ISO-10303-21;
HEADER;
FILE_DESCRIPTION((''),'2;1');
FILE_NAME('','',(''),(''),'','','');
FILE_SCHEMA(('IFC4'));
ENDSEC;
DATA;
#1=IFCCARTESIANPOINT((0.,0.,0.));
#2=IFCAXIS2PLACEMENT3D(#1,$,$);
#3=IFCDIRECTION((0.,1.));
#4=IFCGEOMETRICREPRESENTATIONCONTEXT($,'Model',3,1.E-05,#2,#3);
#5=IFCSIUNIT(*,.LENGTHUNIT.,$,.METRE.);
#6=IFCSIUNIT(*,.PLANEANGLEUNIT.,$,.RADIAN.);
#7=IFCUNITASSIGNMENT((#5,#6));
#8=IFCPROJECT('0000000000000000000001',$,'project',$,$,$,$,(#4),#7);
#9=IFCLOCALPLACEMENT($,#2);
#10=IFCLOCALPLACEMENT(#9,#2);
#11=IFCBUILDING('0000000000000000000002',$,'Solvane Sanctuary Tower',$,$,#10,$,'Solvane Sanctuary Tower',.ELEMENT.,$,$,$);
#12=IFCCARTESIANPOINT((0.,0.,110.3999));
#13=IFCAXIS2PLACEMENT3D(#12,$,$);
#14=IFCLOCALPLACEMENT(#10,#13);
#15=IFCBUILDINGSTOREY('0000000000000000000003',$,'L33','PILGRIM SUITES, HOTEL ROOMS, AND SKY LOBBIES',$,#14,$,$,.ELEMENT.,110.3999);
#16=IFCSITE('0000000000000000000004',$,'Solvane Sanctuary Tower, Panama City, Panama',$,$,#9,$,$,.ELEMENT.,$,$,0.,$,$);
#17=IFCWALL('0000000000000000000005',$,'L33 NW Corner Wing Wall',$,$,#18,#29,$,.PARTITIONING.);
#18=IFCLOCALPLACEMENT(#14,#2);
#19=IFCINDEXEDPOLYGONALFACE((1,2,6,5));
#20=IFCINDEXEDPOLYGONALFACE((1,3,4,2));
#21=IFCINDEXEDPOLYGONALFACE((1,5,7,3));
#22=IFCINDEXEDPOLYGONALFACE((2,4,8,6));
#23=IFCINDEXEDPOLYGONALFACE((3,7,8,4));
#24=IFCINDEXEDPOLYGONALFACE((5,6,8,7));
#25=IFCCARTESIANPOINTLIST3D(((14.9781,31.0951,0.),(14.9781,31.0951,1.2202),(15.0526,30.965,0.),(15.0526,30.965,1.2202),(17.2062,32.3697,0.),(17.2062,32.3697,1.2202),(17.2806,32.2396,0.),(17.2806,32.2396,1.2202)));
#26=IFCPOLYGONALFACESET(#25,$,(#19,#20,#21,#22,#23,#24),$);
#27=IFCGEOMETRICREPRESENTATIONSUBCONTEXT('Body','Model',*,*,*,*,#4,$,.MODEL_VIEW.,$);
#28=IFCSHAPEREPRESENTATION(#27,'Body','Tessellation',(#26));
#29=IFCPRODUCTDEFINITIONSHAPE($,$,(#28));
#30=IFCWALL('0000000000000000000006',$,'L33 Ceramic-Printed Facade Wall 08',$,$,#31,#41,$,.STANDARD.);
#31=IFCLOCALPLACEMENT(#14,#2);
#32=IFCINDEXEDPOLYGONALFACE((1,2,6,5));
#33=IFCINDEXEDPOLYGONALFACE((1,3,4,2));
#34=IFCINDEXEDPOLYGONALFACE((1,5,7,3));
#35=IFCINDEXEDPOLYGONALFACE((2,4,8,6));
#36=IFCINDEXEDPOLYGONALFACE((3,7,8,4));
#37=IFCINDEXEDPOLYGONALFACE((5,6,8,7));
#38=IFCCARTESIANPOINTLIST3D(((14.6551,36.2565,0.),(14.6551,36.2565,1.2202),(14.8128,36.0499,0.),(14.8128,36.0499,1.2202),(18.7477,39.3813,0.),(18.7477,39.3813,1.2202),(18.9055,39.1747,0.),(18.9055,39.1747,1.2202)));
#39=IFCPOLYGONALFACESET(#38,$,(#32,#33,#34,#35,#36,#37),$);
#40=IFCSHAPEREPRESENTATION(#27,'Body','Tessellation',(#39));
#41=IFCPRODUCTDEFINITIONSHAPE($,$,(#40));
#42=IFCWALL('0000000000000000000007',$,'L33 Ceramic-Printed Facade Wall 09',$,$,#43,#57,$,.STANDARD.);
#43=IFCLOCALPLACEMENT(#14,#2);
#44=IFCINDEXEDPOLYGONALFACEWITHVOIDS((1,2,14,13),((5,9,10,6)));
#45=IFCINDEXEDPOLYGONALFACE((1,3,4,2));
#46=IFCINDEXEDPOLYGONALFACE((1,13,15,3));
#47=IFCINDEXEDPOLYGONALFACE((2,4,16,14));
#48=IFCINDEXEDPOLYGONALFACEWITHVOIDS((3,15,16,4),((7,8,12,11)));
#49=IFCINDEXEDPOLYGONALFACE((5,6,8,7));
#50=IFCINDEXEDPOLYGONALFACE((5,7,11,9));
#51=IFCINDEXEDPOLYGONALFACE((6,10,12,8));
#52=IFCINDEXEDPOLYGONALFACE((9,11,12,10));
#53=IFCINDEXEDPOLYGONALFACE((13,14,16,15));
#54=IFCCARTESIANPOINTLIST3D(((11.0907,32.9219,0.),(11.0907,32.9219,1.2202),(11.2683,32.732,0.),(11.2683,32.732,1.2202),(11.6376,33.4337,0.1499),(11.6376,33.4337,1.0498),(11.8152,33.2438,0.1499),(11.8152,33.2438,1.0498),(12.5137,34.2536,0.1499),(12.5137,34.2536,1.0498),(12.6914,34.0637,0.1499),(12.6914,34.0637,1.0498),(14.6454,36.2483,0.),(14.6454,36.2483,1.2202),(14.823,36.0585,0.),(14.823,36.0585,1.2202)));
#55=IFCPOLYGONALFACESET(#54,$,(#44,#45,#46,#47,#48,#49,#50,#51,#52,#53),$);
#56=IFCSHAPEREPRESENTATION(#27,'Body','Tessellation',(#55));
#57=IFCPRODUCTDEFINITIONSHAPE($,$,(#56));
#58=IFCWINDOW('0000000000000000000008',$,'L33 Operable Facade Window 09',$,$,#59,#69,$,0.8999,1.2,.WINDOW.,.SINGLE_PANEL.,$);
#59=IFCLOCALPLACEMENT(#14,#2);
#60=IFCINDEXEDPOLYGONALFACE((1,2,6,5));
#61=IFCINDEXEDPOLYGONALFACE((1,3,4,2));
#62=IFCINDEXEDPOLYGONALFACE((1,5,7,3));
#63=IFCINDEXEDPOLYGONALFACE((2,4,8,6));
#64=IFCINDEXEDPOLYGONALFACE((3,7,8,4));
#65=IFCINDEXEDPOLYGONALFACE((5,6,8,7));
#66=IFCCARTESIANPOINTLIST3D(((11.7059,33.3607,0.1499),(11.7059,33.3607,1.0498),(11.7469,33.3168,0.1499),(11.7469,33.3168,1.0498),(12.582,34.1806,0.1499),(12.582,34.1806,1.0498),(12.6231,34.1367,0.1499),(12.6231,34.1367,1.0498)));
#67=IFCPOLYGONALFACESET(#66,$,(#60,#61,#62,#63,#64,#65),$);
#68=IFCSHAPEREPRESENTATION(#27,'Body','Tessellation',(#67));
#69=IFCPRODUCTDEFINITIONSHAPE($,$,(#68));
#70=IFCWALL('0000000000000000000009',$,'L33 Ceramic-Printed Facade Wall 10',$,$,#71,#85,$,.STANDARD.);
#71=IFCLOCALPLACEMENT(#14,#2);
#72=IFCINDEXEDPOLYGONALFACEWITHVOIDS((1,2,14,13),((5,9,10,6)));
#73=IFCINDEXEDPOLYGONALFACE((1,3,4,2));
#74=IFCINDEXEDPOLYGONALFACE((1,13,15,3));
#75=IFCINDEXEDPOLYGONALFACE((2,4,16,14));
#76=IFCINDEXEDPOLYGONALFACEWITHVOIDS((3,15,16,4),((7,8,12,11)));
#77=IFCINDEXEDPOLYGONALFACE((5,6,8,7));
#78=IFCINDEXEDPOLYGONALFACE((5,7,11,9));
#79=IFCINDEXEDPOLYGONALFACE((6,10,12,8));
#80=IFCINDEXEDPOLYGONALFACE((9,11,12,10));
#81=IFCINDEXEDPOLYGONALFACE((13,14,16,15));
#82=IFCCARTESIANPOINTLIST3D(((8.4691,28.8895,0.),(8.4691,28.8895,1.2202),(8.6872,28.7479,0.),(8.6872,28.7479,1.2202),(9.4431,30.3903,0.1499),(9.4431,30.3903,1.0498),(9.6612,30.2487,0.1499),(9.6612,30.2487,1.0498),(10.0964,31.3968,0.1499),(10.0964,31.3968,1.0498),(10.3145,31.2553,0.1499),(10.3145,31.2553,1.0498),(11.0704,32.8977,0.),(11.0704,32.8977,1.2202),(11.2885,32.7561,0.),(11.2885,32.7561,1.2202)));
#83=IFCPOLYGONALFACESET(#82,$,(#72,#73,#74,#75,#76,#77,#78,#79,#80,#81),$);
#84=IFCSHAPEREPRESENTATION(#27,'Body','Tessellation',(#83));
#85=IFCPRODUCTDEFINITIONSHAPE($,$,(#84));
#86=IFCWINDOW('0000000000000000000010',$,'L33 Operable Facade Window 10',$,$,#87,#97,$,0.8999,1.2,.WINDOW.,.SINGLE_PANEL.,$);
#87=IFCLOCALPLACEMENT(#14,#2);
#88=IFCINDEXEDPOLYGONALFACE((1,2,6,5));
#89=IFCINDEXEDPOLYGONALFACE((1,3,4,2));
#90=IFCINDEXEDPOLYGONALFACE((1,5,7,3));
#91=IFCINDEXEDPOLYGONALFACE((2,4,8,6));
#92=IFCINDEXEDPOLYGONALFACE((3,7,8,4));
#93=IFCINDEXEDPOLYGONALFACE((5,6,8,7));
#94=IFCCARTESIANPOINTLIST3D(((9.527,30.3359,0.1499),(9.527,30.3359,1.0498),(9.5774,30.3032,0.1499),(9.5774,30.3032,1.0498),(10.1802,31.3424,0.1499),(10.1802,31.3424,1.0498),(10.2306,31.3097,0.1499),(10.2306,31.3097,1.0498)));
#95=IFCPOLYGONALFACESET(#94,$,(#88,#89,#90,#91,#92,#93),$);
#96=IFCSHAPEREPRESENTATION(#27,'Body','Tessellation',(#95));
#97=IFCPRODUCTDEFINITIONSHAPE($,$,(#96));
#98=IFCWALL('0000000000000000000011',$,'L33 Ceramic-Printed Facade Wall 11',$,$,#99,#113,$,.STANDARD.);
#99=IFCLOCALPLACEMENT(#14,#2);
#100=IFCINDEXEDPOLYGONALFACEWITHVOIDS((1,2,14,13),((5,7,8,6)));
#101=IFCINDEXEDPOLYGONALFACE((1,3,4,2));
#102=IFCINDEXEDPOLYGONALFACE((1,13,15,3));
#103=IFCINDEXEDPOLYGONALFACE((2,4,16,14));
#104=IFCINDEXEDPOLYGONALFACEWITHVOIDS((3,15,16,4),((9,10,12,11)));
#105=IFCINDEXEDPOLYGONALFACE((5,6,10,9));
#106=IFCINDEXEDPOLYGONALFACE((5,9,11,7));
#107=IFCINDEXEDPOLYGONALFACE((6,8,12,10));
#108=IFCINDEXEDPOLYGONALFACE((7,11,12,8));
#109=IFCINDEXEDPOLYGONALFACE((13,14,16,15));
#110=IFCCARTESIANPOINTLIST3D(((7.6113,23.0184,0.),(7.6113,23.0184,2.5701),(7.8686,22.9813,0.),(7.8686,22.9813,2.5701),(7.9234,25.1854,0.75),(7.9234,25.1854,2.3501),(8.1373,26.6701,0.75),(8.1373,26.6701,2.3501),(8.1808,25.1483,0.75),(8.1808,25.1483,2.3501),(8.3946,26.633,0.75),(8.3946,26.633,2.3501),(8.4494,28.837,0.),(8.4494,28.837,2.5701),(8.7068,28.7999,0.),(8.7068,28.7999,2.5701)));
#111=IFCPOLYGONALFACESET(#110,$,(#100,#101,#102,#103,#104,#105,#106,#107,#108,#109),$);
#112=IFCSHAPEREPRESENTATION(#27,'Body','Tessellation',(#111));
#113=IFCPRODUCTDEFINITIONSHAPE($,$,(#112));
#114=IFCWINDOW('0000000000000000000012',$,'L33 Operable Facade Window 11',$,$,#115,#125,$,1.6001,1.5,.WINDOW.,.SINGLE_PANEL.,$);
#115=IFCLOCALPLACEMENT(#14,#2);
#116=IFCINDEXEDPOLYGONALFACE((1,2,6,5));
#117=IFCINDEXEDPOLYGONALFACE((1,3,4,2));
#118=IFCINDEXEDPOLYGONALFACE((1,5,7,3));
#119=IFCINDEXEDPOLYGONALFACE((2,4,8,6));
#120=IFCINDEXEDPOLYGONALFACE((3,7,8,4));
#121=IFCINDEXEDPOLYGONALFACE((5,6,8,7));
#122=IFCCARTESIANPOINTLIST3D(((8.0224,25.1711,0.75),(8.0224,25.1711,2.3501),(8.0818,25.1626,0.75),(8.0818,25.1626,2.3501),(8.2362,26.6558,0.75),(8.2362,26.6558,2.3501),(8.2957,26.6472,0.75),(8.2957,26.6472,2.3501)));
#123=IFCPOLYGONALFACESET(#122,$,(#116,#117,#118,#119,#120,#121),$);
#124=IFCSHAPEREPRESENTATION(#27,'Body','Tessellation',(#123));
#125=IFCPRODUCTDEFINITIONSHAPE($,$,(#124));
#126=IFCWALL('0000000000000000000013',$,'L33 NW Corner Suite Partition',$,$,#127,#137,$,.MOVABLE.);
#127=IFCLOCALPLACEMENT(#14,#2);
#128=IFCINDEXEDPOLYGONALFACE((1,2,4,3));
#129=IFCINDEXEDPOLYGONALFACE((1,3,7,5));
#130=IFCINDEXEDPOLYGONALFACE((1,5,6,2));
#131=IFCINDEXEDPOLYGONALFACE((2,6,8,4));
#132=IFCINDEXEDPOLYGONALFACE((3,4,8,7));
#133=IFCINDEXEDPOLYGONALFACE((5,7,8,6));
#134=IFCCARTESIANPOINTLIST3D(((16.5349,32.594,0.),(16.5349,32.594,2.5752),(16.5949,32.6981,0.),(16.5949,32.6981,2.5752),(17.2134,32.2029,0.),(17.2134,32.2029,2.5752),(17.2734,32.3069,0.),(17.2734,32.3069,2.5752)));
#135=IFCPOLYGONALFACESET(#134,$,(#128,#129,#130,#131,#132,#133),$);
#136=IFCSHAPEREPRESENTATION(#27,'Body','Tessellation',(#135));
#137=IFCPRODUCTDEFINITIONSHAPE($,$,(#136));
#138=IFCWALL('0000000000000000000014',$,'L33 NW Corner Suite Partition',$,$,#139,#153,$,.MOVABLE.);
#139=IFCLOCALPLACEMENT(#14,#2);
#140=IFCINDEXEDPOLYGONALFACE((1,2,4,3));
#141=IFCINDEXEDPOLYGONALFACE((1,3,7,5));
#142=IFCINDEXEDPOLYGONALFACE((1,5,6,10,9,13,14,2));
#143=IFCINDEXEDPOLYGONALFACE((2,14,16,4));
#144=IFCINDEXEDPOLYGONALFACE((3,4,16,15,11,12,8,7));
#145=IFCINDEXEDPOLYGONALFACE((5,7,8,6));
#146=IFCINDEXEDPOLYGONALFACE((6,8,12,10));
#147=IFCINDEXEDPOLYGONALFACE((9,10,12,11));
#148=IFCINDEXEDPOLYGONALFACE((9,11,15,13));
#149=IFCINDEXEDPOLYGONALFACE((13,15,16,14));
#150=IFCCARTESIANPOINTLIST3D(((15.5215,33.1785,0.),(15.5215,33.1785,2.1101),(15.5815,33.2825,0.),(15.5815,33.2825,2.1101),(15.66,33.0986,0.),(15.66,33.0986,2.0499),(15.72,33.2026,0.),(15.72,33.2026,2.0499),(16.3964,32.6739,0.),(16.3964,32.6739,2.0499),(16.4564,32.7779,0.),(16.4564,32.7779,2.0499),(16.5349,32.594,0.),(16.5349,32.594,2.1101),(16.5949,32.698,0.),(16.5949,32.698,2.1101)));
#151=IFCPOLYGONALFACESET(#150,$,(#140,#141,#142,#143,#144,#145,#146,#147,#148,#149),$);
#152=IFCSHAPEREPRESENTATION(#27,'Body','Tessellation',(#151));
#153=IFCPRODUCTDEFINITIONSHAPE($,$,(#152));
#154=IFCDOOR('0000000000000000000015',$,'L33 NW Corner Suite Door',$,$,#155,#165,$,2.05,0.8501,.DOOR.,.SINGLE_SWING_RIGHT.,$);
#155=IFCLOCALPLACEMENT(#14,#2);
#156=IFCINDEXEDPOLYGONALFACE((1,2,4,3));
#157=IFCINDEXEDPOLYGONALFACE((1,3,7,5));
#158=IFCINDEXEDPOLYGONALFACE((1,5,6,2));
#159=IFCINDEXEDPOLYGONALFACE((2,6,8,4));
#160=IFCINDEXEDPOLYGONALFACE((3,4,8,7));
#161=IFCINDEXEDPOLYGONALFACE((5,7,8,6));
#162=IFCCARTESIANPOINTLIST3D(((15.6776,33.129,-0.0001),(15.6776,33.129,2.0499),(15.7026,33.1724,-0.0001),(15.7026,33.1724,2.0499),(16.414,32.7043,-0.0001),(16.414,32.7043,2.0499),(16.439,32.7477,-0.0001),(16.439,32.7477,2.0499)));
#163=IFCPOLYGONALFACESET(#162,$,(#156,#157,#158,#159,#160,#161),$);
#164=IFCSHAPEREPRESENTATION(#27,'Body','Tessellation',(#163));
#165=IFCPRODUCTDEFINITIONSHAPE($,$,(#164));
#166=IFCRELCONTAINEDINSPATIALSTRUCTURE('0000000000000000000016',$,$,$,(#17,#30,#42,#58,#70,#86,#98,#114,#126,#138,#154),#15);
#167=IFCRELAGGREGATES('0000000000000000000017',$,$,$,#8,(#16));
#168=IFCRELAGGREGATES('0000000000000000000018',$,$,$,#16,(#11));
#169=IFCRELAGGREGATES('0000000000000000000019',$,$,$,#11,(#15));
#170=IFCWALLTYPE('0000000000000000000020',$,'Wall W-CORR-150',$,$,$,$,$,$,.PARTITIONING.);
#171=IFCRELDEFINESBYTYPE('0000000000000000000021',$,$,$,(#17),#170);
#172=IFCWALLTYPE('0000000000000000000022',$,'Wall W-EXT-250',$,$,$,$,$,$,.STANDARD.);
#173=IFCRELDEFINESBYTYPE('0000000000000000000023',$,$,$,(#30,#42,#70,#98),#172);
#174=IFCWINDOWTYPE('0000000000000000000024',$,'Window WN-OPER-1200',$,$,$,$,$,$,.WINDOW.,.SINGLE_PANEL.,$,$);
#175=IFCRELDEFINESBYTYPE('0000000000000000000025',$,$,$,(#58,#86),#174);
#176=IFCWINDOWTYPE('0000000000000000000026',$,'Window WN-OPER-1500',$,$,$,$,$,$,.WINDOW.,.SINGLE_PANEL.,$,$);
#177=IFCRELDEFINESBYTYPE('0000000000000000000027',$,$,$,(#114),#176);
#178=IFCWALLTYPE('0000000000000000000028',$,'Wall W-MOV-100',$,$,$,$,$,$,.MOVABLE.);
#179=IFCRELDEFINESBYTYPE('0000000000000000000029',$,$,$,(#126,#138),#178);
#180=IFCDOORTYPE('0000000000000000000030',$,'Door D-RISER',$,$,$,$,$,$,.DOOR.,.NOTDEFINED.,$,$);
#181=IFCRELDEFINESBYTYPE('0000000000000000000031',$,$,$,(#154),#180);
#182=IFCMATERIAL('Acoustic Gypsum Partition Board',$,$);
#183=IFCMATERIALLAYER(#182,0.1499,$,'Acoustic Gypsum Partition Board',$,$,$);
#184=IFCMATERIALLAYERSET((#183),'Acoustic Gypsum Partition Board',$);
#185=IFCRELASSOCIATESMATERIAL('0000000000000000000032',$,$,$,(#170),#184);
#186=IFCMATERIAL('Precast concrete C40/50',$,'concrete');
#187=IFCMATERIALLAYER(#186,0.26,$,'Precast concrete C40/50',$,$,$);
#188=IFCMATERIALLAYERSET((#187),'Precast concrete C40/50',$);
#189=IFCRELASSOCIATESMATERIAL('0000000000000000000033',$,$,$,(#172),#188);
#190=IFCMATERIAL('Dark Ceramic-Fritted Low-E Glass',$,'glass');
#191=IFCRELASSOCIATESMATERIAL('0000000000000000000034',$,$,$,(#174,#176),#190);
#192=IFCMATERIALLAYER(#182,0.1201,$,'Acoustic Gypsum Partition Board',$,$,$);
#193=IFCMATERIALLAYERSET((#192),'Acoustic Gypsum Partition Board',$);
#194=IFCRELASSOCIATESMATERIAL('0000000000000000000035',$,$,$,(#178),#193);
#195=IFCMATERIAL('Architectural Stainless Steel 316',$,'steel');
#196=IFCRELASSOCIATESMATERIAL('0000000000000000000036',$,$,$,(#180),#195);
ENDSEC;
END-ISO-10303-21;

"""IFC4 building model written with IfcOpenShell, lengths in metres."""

from ifc_helpers import new_model, si_unit, direction, frame, frame_2d, origin, place, context, subcontext, project, spatial, rectangle, extrude, material, layer, layer_set, type_object, element, fill, save


model = new_model("IFC4")

# Units and contexts
model_context = context("Model", 3, precision=1e-05, world=origin(), true_north=direction((0.0, 1.0)))
body_context = subcontext(model_context, "Body", "Model", "MODEL_VIEW")
ifc_project = project(units=[si_unit("LENGTHUNIT", "METRE"), si_unit("PLANEANGLEUNIT", "RADIAN")], contexts=[model_context])

# Site, building, storey
site_placement = place(None, origin())
site = spatial("IfcSite", under=ifc_project, at=site_placement, Name="Solvane Sanctuary Tower, Panama City, Panama", CompositionType="ELEMENT", RefElevation=0.0)
building_placement = place(site_placement, origin())
building = spatial("IfcBuilding", under=site, at=building_placement, Name="Solvane Sanctuary Tower", LongName="Solvane Sanctuary Tower", CompositionType="ELEMENT")
storey_placement = place(building_placement, frame((0.0, 0.0, 110.3999)))
storey = spatial("IfcBuildingStorey", under=building, at=storey_placement, Name="L33", Description="PILGRIM SUITES, HOTEL ROOMS, AND SKY LOBBIES", CompositionType="ELEMENT", Elevation=110.3999)

# Shared definitions
ifc_material_1 = material(Name="Acoustic Gypsum Partition Board")
ifc_layer_1 = layer(ifc_material_1, 0.1499, Name="Acoustic Gypsum Partition Board")
ifc_layer_set_1 = layer_set([ifc_layer_1], Name="Acoustic Gypsum Partition Board")
wall_type_1 = type_object("IfcWallType", Name="Wall W-CORR-150", PredefinedType="PARTITIONING", material=ifc_layer_set_1)

# Walls
wall_1_placement = place(storey_placement, frame((17.2434, 32.3047, 0.0), z_axis=(0.0, 0.0, 1.0), x_axis=(-0.867991, -0.496579, 0.0)))
element("IfcWall", 1, at=wall_1_placement, inside=storey, type_object=wall_type_1, Name="L33 NW Corner Wing Wall", PredefinedType="PARTITIONING", context=body_context, shape_type="SweptSolid", body=[
    extrude(rectangle(XDim=2.5669, YDim=0.1499, at=frame_2d((1.2834, 0.0))), origin(), (0.0, 0.0, 1.0), 1.2202),
])
ifc_material_2 = material(Name="Precast concrete C40/50", Category="concrete")
ifc_layer_2 = layer(ifc_material_2, 0.26, Name="Precast concrete C40/50")
ifc_layer_set_2 = layer_set([ifc_layer_2], Name="Precast concrete C40/50")
wall_type_2 = type_object("IfcWallType", Name="Wall W-EXT-250", PredefinedType="STANDARD", material=ifc_layer_set_2)
wall_2_placement = place(storey_placement, frame((18.8267, 39.2781, 0.0), z_axis=(0.0, 0.0, 1.0), x_axis=(-0.79481, -0.606859, 0.0)))
element("IfcWall", 2, at=wall_2_placement, inside=storey, type_object=wall_type_2, Name="L33 Ceramic-Printed Facade Wall 08", PredefinedType="STANDARD", context=body_context, shape_type="SweptSolid", body=[
    extrude(rectangle(XDim=5.1492, YDim=0.26, at=frame_2d((2.5747, 0.0))), origin(), (0.0, 0.0, 1.0), 1.2202),
])

# Walls, openings, windows
wall_3_placement = place(storey_placement, frame((14.7341, 36.1533, 0.0), z_axis=(0.0, 0.0, 1.0), x_axis=(-0.730162, -0.683274, 0.0)))
wall_3 = element("IfcWall", 3, at=wall_3_placement, inside=storey, type_object=wall_type_2, Name="L33 Ceramic-Printed Facade Wall 09", PredefinedType="STANDARD", context=body_context, shape_type="SweptSolid", body=[
    extrude(rectangle(XDim=4.8684, YDim=0.26, at=frame_2d((2.4341, 0.0))), origin(), (0.0, 0.0, 1.0), 1.2202),
])
opening_1_placement = place(wall_3_placement, frame((2.9192, 0.0, 0.1499)))
opening_1 = element("IfcOpeningElement", 4, at=opening_1_placement, cuts=wall_3, PredefinedType="OPENING", context=body_context, shape_type="SweptSolid", body=[
    extrude(rectangle(XDim=1.2, YDim=0.8999, at=frame_2d((0.6001, 0.45))), frame((0.0, 0.1399, 0.0), z_axis=(0.0, -1.0, 0.0), x_axis=(1.0, 0.0, 0.0)), (0.0, 0.0, 1.0), 0.28),
])
ifc_material_3 = material(Name="Dark Ceramic-Fritted Low-E Glass", Category="glass")
window_type_1 = type_object("IfcWindowType", Name="Window WN-OPER-1200", PartitioningType="SINGLE_PANEL", PredefinedType="WINDOW", material=ifc_material_3)
window_1_placement = place(opening_1_placement, origin())
window_1 = element("IfcWindow", 5, at=window_1_placement, inside=storey, type_object=window_type_1, Name="L33 Operable Facade Window 09", OverallHeight=0.8999, OverallWidth=1.2, PartitioningType="SINGLE_PANEL", PredefinedType="WINDOW", context=body_context, shape_type="SweptSolid", body=[
    extrude(rectangle(XDim=1.2, YDim=0.8999, at=frame_2d((0.6001, 0.45))), frame((0.0, 0.03, 0.0), z_axis=(0.0, -1.0, 0.0), x_axis=(1.0, 0.0, 0.0)), (0.0, 0.0, 1.0), 0.0601),
])
fill(opening_1, window_1)
wall_4_placement = place(storey_placement, frame((11.1794, 32.8269, 0.0), z_axis=(0.0, 0.0, 1.0), x_axis=(-0.544388, -0.838833, 0.0)))
wall_4 = element("IfcWall", 6, at=wall_4_placement, inside=storey, type_object=wall_type_2, Name="L33 Ceramic-Printed Facade Wall 10", PredefinedType="STANDARD", context=body_context, shape_type="SweptSolid", body=[
    extrude(rectangle(XDim=4.7783, YDim=0.26, at=frame_2d((2.3892, 0.0))), origin(), (0.0, 0.0, 1.0), 1.2202),
])
opening_2_placement = place(wall_4_placement, frame((1.7891, 0.0, 0.1499)))
opening_2 = element("IfcOpeningElement", 7, at=opening_2_placement, cuts=wall_4, PredefinedType="OPENING", context=body_context, shape_type="SweptSolid", body=[
    extrude(rectangle(XDim=1.2, YDim=0.8999, at=frame_2d((0.6001, 0.45))), frame((0.0, 0.1399, 0.0), z_axis=(0.0, -1.0, 0.0), x_axis=(1.0, 0.0, 0.0)), (0.0, 0.0, 1.0), 0.28),
])
window_2_placement = place(opening_2_placement, origin())
window_2 = element("IfcWindow", 8, at=window_2_placement, inside=storey, type_object=window_type_1, Name="L33 Operable Facade Window 10", OverallHeight=0.8999, OverallWidth=1.2, PartitioningType="SINGLE_PANEL", PredefinedType="WINDOW", context=body_context, shape_type="SweptSolid", body=[
    extrude(rectangle(XDim=1.2, YDim=0.8999, at=frame_2d((0.6001, 0.45))), frame((0.0, 0.03, 0.0), z_axis=(0.0, -1.0, 0.0), x_axis=(1.0, 0.0, 0.0)), (0.0, 0.0, 1.0), 0.0601),
])
fill(opening_2, window_2)
wall_5_placement = place(storey_placement, frame((8.5781, 28.8186, 0.0), z_axis=(0.0, 0.0, 1.0), x_axis=(-0.142572, -0.989784, 0.0)))
wall_5 = element("IfcWall", 9, at=wall_5_placement, inside=storey, type_object=wall_type_2, Name="L33 Ceramic-Printed Facade Wall 11", PredefinedType="STANDARD", context=body_context, shape_type="SweptSolid", body=[
    extrude(rectangle(XDim=5.8787, YDim=0.26, at=frame_2d((2.9395, 0.0))), origin(), (0.0, 0.0, 1.0), 2.5701),
])
opening_3_placement = place(wall_5_placement, frame((2.1895, 0.0, 0.75)))
opening_3 = element("IfcOpeningElement", 10, at=opening_3_placement, cuts=wall_5, PredefinedType="OPENING", context=body_context, shape_type="SweptSolid", body=[
    extrude(rectangle(XDim=1.5, YDim=1.6001, at=frame_2d((0.75, 0.8))), frame((0.0, 0.1399, 0.0), z_axis=(0.0, -1.0, 0.0), x_axis=(1.0, 0.0, 0.0)), (0.0, 0.0, 1.0), 0.28),
])
window_type_2 = type_object("IfcWindowType", Name="Window WN-OPER-1500", PartitioningType="SINGLE_PANEL", PredefinedType="WINDOW", material=ifc_material_3)
window_3_placement = place(opening_3_placement, origin())
window_3 = element("IfcWindow", 11, at=window_3_placement, inside=storey, type_object=window_type_2, Name="L33 Operable Facade Window 11", OverallHeight=1.6001, OverallWidth=1.5, PartitioningType="SINGLE_PANEL", PredefinedType="WINDOW", context=body_context, shape_type="SweptSolid", body=[
    extrude(rectangle(XDim=1.5, YDim=1.6001, at=frame_2d((0.75, 0.8))), frame((0.0, 0.03, 0.0), z_axis=(0.0, -1.0, 0.0), x_axis=(1.0, 0.0, 0.0)), (0.0, 0.0, 1.0), 0.0601),
])
fill(opening_3, window_3)

# Wall
ifc_layer_3 = layer(ifc_material_1, 0.1201, Name="Acoustic Gypsum Partition Board")
ifc_layer_set_3 = layer_set([ifc_layer_3], Name="Acoustic Gypsum Partition Board")
wall_type_3 = type_object("IfcWallType", Name="Wall W-MOV-100", PredefinedType="MOVABLE", material=ifc_layer_set_3)
wall_6_placement = place(storey_placement, frame((17.2434, 32.2549, 0.0), z_axis=(0.0, 0.0, 1.0), x_axis=(-0.866357, 0.499426, 0.0)))
element("IfcWall", 12, at=wall_6_placement, inside=storey, type_object=wall_type_3, Name="L33 NW Corner Suite Partition", PredefinedType="MOVABLE", context=body_context, shape_type="SweptSolid", body=[
    extrude(rectangle(XDim=0.7832, YDim=0.1201, at=frame_2d((0.3916, 0.0))), origin(), (0.0, 0.0, 1.0), 2.5752),
])

# Wall, opening, door
wall_7_placement = place(storey_placement, frame((16.5649, 32.646, 0.0), z_axis=(0.0, 0.0, 1.0), x_axis=(-0.866259, 0.499596, 0.0)))
wall_7 = element("IfcWall", 13, at=wall_7_placement, inside=storey, type_object=wall_type_3, Name="L33 NW Corner Suite Partition", PredefinedType="MOVABLE", context=body_context, shape_type="SweptSolid", body=[
    extrude(rectangle(XDim=1.1699, YDim=0.1201, at=frame_2d((0.585, 0.0))), origin(), (0.0, 0.0, 1.0), 2.1101),
])
opening_4_placement = place(wall_7_placement, frame((0.1599, 0.0, 0.0)))
opening_4 = element("IfcOpeningElement", 14, at=opening_4_placement, cuts=wall_7, PredefinedType="OPENING", context=body_context, shape_type="SweptSolid", body=[
    extrude(rectangle(XDim=0.8501, YDim=2.05, at=frame_2d((0.425, 1.0249))), frame((0.0, 0.0701, 0.0), z_axis=(0.0, -1.0, 0.0), x_axis=(1.0, 0.0, 0.0)), (0.0, 0.0, 1.0), 0.1401),
])
ifc_material_4 = material(Name="Architectural Stainless Steel 316", Category="steel")
door_type_1 = type_object("IfcDoorType", Name="Door D-RISER", OperationType="NOTDEFINED", PredefinedType="DOOR", material=ifc_material_4)
door_1_placement = place(opening_4_placement, origin())
door_1 = element("IfcDoor", 15, at=door_1_placement, inside=storey, type_object=door_type_1, Name="L33 NW Corner Suite Door", OperationType="SINGLE_SWING_RIGHT", OverallHeight=2.05, OverallWidth=0.8501, PredefinedType="DOOR", context=body_context, shape_type="SweptSolid", body=[
    extrude(rectangle(XDim=0.8501, YDim=2.05, at=frame_2d((0.425, 1.0249))), frame((0.0, 0.0249, 0.0), z_axis=(0.0, -1.0, 0.0), x_axis=(1.0, 0.0, 0.0)), (0.0, 0.0, 1.0), 0.05),
])
fill(opening_4, door_1)

save(model, "model.ifc")
